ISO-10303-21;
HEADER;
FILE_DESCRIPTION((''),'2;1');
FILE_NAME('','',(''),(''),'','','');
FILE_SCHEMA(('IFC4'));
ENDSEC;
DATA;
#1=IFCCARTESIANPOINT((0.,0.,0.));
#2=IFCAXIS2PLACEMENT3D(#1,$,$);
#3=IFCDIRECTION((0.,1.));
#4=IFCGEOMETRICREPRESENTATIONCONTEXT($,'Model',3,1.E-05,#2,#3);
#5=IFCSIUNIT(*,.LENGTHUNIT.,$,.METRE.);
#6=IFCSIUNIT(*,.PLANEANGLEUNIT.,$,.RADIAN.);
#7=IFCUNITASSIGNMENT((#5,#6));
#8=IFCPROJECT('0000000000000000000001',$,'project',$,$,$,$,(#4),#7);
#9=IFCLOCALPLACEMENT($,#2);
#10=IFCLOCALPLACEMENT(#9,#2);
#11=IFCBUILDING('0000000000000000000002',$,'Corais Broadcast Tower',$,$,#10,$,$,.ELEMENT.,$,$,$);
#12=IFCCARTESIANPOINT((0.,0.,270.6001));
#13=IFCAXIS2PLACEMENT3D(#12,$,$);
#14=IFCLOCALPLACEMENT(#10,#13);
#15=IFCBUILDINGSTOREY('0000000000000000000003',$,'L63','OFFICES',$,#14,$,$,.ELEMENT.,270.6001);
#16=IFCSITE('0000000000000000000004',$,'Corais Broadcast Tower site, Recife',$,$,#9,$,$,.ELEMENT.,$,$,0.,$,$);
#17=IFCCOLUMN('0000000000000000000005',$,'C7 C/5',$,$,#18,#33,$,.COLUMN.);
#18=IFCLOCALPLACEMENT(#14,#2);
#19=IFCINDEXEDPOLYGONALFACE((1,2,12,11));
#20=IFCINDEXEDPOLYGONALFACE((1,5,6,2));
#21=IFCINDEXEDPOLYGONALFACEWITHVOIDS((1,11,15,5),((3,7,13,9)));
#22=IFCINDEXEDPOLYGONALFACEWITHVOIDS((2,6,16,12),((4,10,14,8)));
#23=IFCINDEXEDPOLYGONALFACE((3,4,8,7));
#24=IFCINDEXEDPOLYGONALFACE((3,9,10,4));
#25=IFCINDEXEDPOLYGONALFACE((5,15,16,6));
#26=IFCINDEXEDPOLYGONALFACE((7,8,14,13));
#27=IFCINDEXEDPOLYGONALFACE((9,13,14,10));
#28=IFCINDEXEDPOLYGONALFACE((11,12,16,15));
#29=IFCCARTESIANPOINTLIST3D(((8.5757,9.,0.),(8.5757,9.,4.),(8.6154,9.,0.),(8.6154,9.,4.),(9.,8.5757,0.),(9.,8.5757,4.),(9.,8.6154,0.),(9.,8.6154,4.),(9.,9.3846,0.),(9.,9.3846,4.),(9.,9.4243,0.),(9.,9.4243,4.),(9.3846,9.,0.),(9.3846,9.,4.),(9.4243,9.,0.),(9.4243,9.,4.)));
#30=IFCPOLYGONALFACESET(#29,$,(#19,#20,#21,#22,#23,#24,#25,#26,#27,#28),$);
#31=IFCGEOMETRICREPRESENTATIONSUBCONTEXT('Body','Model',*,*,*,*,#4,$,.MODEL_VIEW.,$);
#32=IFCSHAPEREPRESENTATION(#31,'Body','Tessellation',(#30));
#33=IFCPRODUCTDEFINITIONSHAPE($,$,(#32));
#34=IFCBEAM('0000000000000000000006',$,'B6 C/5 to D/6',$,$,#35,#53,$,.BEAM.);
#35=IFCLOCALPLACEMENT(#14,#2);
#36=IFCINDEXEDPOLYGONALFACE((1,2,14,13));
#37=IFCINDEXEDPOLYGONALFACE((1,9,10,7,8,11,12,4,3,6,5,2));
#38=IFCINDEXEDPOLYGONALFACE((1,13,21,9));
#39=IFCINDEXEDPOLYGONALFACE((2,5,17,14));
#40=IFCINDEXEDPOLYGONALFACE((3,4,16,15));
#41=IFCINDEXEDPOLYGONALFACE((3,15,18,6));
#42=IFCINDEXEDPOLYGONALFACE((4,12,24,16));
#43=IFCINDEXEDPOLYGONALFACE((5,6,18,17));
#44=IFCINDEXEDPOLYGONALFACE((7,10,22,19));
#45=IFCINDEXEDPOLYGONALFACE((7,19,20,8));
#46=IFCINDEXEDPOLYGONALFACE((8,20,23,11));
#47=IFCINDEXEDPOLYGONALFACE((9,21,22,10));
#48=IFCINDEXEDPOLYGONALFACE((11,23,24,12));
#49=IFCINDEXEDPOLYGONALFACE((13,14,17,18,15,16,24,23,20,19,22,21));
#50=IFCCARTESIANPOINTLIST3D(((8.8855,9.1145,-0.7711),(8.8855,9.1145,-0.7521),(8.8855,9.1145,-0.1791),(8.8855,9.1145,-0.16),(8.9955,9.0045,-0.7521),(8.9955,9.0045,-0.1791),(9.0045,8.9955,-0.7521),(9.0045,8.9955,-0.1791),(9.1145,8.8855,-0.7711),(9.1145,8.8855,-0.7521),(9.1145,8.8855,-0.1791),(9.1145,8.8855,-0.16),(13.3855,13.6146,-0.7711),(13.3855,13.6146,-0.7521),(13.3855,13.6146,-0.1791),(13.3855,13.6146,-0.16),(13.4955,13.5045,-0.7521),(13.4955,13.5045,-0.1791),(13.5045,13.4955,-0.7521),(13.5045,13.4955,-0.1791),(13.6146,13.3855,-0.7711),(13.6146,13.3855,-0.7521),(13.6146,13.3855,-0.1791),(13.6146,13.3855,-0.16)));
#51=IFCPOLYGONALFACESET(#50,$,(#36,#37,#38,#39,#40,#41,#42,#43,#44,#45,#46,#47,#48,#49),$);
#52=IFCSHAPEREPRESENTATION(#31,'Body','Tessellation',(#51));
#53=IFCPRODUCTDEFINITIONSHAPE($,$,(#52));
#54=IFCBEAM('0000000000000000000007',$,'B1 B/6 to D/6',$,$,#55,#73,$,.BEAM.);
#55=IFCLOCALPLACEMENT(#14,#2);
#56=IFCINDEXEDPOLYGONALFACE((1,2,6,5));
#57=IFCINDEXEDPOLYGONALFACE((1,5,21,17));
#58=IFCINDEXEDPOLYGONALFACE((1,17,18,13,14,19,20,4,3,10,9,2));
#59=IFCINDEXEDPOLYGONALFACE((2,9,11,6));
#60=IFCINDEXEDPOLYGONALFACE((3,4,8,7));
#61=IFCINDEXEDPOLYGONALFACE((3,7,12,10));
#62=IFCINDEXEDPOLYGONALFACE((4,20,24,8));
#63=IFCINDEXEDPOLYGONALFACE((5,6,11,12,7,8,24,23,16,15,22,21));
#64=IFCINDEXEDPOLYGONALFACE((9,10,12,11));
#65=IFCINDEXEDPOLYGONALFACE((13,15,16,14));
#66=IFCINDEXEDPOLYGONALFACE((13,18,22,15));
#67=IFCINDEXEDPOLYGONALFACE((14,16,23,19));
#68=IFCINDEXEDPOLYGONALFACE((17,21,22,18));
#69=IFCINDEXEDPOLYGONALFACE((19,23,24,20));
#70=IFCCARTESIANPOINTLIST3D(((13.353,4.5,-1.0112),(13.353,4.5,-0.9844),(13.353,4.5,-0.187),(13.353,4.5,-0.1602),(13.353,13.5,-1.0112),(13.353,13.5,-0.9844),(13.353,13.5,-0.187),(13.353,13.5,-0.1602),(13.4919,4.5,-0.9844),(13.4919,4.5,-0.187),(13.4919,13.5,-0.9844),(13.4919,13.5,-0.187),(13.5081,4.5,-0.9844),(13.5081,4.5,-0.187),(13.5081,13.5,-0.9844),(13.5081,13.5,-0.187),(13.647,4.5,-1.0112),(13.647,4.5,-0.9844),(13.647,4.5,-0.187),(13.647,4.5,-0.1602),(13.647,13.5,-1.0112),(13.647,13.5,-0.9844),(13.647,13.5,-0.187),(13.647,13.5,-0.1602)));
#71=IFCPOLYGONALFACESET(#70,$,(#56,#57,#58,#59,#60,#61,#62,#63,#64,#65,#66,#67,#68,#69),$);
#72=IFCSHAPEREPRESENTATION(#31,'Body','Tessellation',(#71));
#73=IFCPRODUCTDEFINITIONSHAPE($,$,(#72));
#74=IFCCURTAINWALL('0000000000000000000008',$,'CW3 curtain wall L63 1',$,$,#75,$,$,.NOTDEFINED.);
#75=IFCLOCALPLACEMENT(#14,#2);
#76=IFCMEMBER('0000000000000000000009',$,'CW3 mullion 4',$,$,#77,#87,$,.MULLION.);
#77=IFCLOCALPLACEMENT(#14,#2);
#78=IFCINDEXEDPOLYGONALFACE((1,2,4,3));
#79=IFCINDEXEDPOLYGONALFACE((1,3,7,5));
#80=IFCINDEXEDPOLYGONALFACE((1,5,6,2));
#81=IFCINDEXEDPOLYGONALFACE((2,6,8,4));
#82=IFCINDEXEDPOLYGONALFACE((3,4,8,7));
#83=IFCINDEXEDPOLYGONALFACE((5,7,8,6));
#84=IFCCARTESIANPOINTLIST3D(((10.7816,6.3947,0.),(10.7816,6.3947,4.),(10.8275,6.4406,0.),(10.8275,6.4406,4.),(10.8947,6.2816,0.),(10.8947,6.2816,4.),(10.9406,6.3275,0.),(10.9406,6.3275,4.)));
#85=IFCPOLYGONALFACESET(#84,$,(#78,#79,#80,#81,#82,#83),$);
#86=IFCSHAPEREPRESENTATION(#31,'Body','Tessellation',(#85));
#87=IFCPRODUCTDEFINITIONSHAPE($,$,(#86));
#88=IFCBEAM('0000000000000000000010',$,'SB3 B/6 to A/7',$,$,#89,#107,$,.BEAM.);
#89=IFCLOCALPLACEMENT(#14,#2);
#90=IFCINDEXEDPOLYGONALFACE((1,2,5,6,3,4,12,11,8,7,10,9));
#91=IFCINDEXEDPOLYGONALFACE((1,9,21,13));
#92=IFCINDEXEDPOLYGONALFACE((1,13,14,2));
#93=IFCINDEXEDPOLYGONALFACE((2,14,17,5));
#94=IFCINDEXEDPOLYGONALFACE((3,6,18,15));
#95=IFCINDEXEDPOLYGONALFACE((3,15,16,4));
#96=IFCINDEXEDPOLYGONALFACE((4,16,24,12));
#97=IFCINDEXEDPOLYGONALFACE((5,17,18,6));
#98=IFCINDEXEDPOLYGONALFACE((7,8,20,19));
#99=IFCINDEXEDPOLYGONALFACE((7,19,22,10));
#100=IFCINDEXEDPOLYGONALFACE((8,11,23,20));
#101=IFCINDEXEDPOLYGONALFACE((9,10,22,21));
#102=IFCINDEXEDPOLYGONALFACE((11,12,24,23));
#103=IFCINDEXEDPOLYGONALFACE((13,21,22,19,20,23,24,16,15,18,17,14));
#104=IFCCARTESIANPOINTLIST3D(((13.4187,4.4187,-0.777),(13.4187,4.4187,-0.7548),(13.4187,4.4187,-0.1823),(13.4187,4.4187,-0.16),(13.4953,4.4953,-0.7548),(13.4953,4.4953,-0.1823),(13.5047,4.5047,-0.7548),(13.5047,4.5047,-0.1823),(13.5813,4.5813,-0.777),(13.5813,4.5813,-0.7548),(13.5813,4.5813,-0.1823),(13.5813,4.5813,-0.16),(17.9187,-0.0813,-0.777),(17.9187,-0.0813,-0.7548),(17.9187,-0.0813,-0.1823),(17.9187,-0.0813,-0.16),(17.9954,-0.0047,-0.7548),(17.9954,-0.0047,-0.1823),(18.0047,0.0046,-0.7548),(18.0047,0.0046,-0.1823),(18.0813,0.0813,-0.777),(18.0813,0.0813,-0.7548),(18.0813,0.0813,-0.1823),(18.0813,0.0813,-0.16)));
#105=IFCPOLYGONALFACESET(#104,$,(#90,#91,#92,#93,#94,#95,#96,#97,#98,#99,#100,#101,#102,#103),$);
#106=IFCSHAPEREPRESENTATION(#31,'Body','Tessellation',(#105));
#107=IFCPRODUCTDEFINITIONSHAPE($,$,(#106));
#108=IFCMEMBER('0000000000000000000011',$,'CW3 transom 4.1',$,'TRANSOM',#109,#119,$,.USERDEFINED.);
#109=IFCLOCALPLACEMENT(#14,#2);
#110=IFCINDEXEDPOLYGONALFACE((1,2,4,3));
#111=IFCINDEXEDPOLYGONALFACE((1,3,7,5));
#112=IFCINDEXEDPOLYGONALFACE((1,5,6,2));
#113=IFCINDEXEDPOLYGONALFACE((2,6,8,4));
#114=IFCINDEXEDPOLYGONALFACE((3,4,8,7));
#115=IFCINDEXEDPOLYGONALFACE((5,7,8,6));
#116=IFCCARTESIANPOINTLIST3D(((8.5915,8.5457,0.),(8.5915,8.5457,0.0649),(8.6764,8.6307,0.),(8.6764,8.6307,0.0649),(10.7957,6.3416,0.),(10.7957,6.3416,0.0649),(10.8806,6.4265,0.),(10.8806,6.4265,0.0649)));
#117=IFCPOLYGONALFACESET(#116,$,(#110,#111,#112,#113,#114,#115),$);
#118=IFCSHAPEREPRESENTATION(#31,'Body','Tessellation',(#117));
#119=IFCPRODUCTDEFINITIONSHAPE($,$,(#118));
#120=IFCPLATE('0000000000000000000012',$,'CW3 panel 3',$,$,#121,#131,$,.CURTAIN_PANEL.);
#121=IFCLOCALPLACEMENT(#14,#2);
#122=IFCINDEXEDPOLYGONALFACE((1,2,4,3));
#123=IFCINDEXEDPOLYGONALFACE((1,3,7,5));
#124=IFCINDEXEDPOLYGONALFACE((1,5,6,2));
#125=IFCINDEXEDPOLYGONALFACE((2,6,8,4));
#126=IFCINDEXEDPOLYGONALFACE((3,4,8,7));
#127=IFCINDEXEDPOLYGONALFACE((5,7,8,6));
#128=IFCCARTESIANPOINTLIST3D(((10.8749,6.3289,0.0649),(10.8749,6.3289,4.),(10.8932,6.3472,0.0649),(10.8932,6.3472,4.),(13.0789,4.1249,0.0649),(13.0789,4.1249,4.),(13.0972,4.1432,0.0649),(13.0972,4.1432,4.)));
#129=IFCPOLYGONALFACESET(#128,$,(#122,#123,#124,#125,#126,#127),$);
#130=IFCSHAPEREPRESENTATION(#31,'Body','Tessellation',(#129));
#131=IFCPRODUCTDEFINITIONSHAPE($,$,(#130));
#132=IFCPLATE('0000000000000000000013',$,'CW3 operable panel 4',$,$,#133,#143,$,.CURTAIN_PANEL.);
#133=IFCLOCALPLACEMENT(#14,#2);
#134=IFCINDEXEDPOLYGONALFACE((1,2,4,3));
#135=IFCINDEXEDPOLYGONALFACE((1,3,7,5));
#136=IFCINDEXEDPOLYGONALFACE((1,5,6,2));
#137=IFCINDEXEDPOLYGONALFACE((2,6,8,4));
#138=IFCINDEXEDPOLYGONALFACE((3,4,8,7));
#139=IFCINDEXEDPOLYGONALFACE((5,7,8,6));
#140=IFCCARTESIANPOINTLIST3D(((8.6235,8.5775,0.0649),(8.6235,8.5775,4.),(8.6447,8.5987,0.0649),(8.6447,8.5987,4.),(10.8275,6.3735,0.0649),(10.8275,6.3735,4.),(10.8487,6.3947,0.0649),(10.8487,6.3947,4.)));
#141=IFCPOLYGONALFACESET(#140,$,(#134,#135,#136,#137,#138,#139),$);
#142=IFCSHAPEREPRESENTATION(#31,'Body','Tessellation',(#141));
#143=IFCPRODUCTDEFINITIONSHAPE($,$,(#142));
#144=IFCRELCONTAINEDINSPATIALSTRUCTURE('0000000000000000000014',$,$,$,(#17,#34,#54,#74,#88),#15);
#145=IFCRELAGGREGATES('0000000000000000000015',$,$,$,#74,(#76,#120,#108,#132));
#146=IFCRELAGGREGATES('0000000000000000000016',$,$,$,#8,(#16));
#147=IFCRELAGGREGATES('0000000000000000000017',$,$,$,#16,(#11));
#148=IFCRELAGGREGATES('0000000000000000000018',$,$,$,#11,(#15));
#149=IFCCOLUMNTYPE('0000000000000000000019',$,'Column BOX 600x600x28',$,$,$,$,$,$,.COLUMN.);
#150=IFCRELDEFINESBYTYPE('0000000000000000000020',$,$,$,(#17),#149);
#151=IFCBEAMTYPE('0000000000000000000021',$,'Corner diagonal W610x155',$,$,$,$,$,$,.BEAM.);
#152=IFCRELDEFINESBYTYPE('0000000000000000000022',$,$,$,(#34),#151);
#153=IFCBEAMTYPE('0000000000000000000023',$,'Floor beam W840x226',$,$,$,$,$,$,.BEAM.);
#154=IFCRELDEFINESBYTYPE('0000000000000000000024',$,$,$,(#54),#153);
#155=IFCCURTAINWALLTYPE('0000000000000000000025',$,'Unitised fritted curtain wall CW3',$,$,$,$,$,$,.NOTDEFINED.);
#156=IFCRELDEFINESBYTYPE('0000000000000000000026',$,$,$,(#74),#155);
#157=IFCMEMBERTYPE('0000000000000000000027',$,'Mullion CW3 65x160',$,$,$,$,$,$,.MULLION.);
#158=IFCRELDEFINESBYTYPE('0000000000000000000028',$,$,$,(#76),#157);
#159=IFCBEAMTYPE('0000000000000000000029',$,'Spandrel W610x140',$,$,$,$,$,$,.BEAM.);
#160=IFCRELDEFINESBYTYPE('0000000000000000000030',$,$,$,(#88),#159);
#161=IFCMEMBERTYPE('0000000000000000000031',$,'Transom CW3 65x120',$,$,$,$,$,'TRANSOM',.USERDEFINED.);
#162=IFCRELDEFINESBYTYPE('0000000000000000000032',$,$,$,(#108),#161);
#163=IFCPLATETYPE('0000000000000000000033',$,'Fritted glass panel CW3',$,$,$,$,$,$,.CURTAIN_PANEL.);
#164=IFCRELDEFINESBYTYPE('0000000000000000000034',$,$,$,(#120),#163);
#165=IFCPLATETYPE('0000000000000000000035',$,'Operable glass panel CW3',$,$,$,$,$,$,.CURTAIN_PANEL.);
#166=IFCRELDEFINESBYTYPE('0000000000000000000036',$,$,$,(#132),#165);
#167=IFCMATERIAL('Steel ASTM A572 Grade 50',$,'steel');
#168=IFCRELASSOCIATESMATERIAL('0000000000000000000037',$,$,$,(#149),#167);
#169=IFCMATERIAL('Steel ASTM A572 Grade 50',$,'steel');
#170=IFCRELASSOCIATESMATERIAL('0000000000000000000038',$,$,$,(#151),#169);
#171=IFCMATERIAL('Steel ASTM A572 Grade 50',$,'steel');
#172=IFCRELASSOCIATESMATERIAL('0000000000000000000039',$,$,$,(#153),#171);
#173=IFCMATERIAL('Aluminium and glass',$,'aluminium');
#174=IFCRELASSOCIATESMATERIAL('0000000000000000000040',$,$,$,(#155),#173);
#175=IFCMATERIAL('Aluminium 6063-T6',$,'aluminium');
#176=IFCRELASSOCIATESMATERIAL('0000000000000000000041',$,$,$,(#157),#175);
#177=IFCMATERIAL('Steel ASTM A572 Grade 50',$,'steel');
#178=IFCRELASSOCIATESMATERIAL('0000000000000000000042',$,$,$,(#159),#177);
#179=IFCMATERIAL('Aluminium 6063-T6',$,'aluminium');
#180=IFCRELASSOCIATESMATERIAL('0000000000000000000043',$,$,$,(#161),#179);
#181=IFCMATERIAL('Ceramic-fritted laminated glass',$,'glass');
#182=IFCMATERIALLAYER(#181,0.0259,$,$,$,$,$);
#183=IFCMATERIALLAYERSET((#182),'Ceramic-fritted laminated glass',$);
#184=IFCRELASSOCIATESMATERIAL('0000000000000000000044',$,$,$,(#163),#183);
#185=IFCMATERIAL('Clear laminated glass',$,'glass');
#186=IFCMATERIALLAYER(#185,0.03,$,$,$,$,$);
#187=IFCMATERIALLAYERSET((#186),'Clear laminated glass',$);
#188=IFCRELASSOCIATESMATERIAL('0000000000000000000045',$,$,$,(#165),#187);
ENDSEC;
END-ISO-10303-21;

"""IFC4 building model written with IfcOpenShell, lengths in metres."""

from ifc_helpers import new_model, si_unit, direction, frame, origin, origin_2d, place, context, subcontext, project, spatial, rectangle, hollow_rectangle, i_section, extrude, material, layer, layer_set, material_profile, profile_set, type_object, element, aggregate, save


model = new_model("IFC4")

# Units and contexts
model_context = context("Model", 3, precision=1e-05, world=origin(), true_north=direction((0.0, 1.0)))
body_context = subcontext(model_context, "Body", "Model", "MODEL_VIEW")
ifc_project = project(units=[si_unit("LENGTHUNIT", "METRE"), si_unit("PLANEANGLEUNIT", "RADIAN")], contexts=[model_context])

# Site, building, storey
site_placement = place(None, origin())
site = spatial("IfcSite", under=ifc_project, at=site_placement, Name="Corais Broadcast Tower site, Recife", CompositionType="ELEMENT", RefElevation=0.0)
building_placement = place(site_placement, origin())
building = spatial("IfcBuilding", under=site, at=building_placement, Name="Corais Broadcast Tower", CompositionType="ELEMENT")
storey_placement = place(building_placement, frame((0.0, 0.0, 270.6001)))
storey = spatial("IfcBuildingStorey", under=building, at=storey_placement, Name="L63", Description="OFFICES", CompositionType="ELEMENT", Elevation=270.6001)

# Column
ifc_material_1 = material(Name="Steel ASTM A572 Grade 50", Category="steel")
ifc_material_profile_1 = material_profile(ifc_material_1, hollow_rectangle(XDim=0.6001, YDim=0.6001, WallThickness=0.0281, at=origin_2d()), Name="BOX 600x600x28")
ifc_profile_set_1 = profile_set([ifc_material_profile_1], Name="Steel ASTM A572 Grade 50")
column_type = type_object("IfcColumnType", Name="Column BOX 600x600x28", PredefinedType="COLUMN", material=ifc_profile_set_1)
column_placement = place(storey_placement, frame((9.0, 9.0, 0.0), z_axis=(0.0, 0.0, 1.0), x_axis=(0.707107, 0.707107, 0.0)))
element("IfcColumn", 1, at=column_placement, inside=storey, type_object=column_type, Name="C7 C/5", PredefinedType="COLUMN", context=body_context, shape_type="SweptSolid", body=[
    extrude(hollow_rectangle(XDim=0.6001, YDim=0.6001, WallThickness=0.0281, at=origin_2d()), origin(), (0.0, 0.0, 1.0), 4.0),
])

# Beams
ifc_material_2 = material(Name="Steel ASTM A572 Grade 50", Category="steel")
ifc_material_profile_2 = material_profile(ifc_material_2, i_section(OverallWidth=0.324, OverallDepth=0.6111, WebThickness=0.0127, FlangeThickness=0.019, at=origin_2d()), Name="W610x155")
ifc_profile_set_2 = profile_set([ifc_material_profile_2], Name="Steel ASTM A572 Grade 50")
beam_type_1 = type_object("IfcBeamType", Name="Corner diagonal W610x155", PredefinedType="BEAM", material=ifc_profile_set_2)
beam_1_placement = place(storey_placement, frame((9.0, 9.0, -0.4656), z_axis=(0.707107, 0.707107, 0.0), x_axis=(-0.707107, 0.707107, 0.0)))
element("IfcBeam", 2, at=beam_1_placement, inside=storey, type_object=beam_type_1, Name="B6 C/5 to D/6", PredefinedType="BEAM", context=body_context, shape_type="SweptSolid", body=[
    extrude(i_section(OverallWidth=0.324, OverallDepth=0.6111, WebThickness=0.0127, FlangeThickness=0.019, at=origin_2d()), origin(), (0.0, 0.0, 1.0), 6.364),
])
ifc_material_3 = material(Name="Steel ASTM A572 Grade 50", Category="steel")
ifc_material_profile_3 = material_profile(ifc_material_3, i_section(OverallWidth=0.2939, OverallDepth=0.8511, WebThickness=0.0161, FlangeThickness=0.0269, at=origin_2d()), Name="W840x226")
ifc_profile_set_3 = profile_set([ifc_material_profile_3], Name="Steel ASTM A572 Grade 50")
beam_type_2 = type_object("IfcBeamType", Name="Floor beam W840x226", PredefinedType="BEAM", material=ifc_profile_set_3)
beam_2_placement = place(storey_placement, frame((13.5, 4.5, -0.5857), z_axis=(0.0, 1.0, 0.0), x_axis=(-1.0, 0.0, 0.0)))
element("IfcBeam", 3, at=beam_2_placement, inside=storey, type_object=beam_type_2, Name="B1 B/6 to D/6", PredefinedType="BEAM", context=body_context, shape_type="SweptSolid", body=[
    extrude(i_section(OverallWidth=0.2939, OverallDepth=0.8511, WebThickness=0.0161, FlangeThickness=0.0269, at=origin_2d()), origin(), (0.0, 0.0, 1.0), 9.0),
])

# Curtain wall, member
ifc_material_4 = material(Name="Aluminium and glass", Category="aluminium")
curtain_wall_type = type_object("IfcCurtainWallType", Name="Unitised fritted curtain wall CW3", PredefinedType="NOTDEFINED", material=ifc_material_4)
curtain_wall_placement = place(storey_placement, origin())
curtain_wall = element("IfcCurtainWall", 4, at=curtain_wall_placement, inside=storey, type_object=curtain_wall_type, Name="CW3 curtain wall L63 1", PredefinedType="NOTDEFINED")
ifc_material_5 = material(Name="Aluminium 6063-T6", Category="aluminium")
ifc_material_profile_4 = material_profile(ifc_material_5, rectangle(XDim=0.0649, YDim=0.1599, at=origin_2d()), Name="Mullion CW3 65x160")
ifc_profile_set_4 = profile_set([ifc_material_profile_4], Name="Aluminium 6063-T6")
member_type_1 = type_object("IfcMemberType", Name="Mullion CW3 65x160", PredefinedType="MULLION", material=ifc_profile_set_4)
member_1_placement = place(storey_placement, frame((10.8611, 6.3611, 0.0), z_axis=(0.0, 0.0, 1.0), x_axis=(-0.707107, -0.707107, 0.0)))
member_1 = element("IfcMember", 5, at=member_1_placement, type_object=member_type_1, Name="CW3 mullion 4", PredefinedType="MULLION", context=body_context, shape_type="SweptSolid", body=[
    extrude(rectangle(XDim=0.0649, YDim=0.1599, at=origin_2d()), origin(), (0.0, 0.0, 1.0), 4.0),
])

# Beam
ifc_material_6 = material(Name="Steel ASTM A572 Grade 50", Category="steel")
ifc_material_profile_5 = material_profile(ifc_material_6, i_section(OverallWidth=0.23, OverallDepth=0.6169, WebThickness=0.0132, FlangeThickness=0.0222, at=origin_2d()), Name="W610x140")
ifc_profile_set_5 = profile_set([ifc_material_profile_5], Name="Steel ASTM A572 Grade 50")
beam_type_3 = type_object("IfcBeamType", Name="Spandrel W610x140", PredefinedType="BEAM", material=ifc_profile_set_5)
beam_3_placement = place(storey_placement, frame((13.5, 4.5, -0.4685), z_axis=(0.707107, -0.707107, 0.0), x_axis=(0.707107, 0.707107, 0.0)))
element("IfcBeam", 6, at=beam_3_placement, inside=storey, type_object=beam_type_3, Name="SB3 B/6 to A/7", PredefinedType="BEAM", context=body_context, shape_type="SweptSolid", body=[
    extrude(i_section(OverallWidth=0.23, OverallDepth=0.6169, WebThickness=0.0132, FlangeThickness=0.0222, at=origin_2d()), origin(), (0.0, 0.0, 1.0), 6.364),
])

# Member
ifc_material_7 = material(Name="Aluminium 6063-T6", Category="aluminium")
ifc_material_profile_6 = material_profile(ifc_material_7, rectangle(XDim=0.1201, YDim=0.0649, at=origin_2d()), Name="Transom CW3 65x120")
ifc_profile_set_6 = profile_set([ifc_material_profile_6], Name="Aluminium 6063-T6")
member_type_2 = type_object("IfcMemberType", Name="Transom CW3 65x120", ElementType="TRANSOM", PredefinedType="USERDEFINED", material=ifc_profile_set_6)
member_2_placement = place(storey_placement, frame((10.8381, 6.384, 0.0325), z_axis=(-0.707107, 0.707107, 0.0), x_axis=(-0.707107, -0.707107, 0.0)))
member_2 = element("IfcMember", 7, at=member_2_placement, type_object=member_type_2, Name="CW3 transom 4.1", ObjectType="TRANSOM", PredefinedType="USERDEFINED", context=body_context, shape_type="SweptSolid", body=[
    extrude(rectangle(XDim=0.1201, YDim=0.0649, at=origin_2d()), origin(), (0.0, 0.0, 1.0), 3.1172),
])

# Plates
ifc_material_8 = material(Name="Ceramic-fritted laminated glass", Category="glass")
ifc_layer_1 = layer(ifc_material_8, 0.0259)
ifc_layer_set_1 = layer_set([ifc_layer_1], Name="Ceramic-fritted laminated glass")
plate_type_1 = type_object("IfcPlateType", Name="Fritted glass panel CW3", PredefinedType="CURTAIN_PANEL", material=ifc_layer_set_1)
plate_1_placement = place(storey_placement, frame((11.9861, 5.2361, 0.0649), z_axis=(0.0, 0.0, 1.0), x_axis=(-0.707107, 0.707107, 0.0)))
plate_1 = element("IfcPlate", 8, at=plate_1_placement, type_object=plate_type_1, Name="CW3 panel 3", PredefinedType="CURTAIN_PANEL", context=body_context, shape_type="SweptSolid", body=[
    extrude(rectangle(XDim=3.1169, YDim=0.0259, at=origin_2d()), origin(), (0.0, 0.0, 1.0), 3.9351),
])
ifc_material_9 = material(Name="Clear laminated glass", Category="glass")
ifc_layer_2 = layer(ifc_material_9, 0.03)
ifc_layer_set_2 = layer_set([ifc_layer_2], Name="Clear laminated glass")
plate_type_2 = type_object("IfcPlateType", Name="Operable glass panel CW3", PredefinedType="CURTAIN_PANEL", material=ifc_layer_set_2)
plate_2_placement = place(storey_placement, frame((9.7361, 7.4861, 0.0649), z_axis=(0.0, 0.0, 1.0), x_axis=(-0.707107, 0.707107, 0.0)))
plate_2 = element("IfcPlate", 9, at=plate_2_placement, type_object=plate_type_2, Name="CW3 operable panel 4", PredefinedType="CURTAIN_PANEL", context=body_context, shape_type="SweptSolid", body=[
    extrude(rectangle(XDim=3.1169, YDim=0.03, at=origin_2d()), origin(), (0.0, 0.0, 1.0), 3.9351),
])
aggregate(curtain_wall, [member_1, plate_1, member_2, plate_2])

save(model, "model.ifc")
